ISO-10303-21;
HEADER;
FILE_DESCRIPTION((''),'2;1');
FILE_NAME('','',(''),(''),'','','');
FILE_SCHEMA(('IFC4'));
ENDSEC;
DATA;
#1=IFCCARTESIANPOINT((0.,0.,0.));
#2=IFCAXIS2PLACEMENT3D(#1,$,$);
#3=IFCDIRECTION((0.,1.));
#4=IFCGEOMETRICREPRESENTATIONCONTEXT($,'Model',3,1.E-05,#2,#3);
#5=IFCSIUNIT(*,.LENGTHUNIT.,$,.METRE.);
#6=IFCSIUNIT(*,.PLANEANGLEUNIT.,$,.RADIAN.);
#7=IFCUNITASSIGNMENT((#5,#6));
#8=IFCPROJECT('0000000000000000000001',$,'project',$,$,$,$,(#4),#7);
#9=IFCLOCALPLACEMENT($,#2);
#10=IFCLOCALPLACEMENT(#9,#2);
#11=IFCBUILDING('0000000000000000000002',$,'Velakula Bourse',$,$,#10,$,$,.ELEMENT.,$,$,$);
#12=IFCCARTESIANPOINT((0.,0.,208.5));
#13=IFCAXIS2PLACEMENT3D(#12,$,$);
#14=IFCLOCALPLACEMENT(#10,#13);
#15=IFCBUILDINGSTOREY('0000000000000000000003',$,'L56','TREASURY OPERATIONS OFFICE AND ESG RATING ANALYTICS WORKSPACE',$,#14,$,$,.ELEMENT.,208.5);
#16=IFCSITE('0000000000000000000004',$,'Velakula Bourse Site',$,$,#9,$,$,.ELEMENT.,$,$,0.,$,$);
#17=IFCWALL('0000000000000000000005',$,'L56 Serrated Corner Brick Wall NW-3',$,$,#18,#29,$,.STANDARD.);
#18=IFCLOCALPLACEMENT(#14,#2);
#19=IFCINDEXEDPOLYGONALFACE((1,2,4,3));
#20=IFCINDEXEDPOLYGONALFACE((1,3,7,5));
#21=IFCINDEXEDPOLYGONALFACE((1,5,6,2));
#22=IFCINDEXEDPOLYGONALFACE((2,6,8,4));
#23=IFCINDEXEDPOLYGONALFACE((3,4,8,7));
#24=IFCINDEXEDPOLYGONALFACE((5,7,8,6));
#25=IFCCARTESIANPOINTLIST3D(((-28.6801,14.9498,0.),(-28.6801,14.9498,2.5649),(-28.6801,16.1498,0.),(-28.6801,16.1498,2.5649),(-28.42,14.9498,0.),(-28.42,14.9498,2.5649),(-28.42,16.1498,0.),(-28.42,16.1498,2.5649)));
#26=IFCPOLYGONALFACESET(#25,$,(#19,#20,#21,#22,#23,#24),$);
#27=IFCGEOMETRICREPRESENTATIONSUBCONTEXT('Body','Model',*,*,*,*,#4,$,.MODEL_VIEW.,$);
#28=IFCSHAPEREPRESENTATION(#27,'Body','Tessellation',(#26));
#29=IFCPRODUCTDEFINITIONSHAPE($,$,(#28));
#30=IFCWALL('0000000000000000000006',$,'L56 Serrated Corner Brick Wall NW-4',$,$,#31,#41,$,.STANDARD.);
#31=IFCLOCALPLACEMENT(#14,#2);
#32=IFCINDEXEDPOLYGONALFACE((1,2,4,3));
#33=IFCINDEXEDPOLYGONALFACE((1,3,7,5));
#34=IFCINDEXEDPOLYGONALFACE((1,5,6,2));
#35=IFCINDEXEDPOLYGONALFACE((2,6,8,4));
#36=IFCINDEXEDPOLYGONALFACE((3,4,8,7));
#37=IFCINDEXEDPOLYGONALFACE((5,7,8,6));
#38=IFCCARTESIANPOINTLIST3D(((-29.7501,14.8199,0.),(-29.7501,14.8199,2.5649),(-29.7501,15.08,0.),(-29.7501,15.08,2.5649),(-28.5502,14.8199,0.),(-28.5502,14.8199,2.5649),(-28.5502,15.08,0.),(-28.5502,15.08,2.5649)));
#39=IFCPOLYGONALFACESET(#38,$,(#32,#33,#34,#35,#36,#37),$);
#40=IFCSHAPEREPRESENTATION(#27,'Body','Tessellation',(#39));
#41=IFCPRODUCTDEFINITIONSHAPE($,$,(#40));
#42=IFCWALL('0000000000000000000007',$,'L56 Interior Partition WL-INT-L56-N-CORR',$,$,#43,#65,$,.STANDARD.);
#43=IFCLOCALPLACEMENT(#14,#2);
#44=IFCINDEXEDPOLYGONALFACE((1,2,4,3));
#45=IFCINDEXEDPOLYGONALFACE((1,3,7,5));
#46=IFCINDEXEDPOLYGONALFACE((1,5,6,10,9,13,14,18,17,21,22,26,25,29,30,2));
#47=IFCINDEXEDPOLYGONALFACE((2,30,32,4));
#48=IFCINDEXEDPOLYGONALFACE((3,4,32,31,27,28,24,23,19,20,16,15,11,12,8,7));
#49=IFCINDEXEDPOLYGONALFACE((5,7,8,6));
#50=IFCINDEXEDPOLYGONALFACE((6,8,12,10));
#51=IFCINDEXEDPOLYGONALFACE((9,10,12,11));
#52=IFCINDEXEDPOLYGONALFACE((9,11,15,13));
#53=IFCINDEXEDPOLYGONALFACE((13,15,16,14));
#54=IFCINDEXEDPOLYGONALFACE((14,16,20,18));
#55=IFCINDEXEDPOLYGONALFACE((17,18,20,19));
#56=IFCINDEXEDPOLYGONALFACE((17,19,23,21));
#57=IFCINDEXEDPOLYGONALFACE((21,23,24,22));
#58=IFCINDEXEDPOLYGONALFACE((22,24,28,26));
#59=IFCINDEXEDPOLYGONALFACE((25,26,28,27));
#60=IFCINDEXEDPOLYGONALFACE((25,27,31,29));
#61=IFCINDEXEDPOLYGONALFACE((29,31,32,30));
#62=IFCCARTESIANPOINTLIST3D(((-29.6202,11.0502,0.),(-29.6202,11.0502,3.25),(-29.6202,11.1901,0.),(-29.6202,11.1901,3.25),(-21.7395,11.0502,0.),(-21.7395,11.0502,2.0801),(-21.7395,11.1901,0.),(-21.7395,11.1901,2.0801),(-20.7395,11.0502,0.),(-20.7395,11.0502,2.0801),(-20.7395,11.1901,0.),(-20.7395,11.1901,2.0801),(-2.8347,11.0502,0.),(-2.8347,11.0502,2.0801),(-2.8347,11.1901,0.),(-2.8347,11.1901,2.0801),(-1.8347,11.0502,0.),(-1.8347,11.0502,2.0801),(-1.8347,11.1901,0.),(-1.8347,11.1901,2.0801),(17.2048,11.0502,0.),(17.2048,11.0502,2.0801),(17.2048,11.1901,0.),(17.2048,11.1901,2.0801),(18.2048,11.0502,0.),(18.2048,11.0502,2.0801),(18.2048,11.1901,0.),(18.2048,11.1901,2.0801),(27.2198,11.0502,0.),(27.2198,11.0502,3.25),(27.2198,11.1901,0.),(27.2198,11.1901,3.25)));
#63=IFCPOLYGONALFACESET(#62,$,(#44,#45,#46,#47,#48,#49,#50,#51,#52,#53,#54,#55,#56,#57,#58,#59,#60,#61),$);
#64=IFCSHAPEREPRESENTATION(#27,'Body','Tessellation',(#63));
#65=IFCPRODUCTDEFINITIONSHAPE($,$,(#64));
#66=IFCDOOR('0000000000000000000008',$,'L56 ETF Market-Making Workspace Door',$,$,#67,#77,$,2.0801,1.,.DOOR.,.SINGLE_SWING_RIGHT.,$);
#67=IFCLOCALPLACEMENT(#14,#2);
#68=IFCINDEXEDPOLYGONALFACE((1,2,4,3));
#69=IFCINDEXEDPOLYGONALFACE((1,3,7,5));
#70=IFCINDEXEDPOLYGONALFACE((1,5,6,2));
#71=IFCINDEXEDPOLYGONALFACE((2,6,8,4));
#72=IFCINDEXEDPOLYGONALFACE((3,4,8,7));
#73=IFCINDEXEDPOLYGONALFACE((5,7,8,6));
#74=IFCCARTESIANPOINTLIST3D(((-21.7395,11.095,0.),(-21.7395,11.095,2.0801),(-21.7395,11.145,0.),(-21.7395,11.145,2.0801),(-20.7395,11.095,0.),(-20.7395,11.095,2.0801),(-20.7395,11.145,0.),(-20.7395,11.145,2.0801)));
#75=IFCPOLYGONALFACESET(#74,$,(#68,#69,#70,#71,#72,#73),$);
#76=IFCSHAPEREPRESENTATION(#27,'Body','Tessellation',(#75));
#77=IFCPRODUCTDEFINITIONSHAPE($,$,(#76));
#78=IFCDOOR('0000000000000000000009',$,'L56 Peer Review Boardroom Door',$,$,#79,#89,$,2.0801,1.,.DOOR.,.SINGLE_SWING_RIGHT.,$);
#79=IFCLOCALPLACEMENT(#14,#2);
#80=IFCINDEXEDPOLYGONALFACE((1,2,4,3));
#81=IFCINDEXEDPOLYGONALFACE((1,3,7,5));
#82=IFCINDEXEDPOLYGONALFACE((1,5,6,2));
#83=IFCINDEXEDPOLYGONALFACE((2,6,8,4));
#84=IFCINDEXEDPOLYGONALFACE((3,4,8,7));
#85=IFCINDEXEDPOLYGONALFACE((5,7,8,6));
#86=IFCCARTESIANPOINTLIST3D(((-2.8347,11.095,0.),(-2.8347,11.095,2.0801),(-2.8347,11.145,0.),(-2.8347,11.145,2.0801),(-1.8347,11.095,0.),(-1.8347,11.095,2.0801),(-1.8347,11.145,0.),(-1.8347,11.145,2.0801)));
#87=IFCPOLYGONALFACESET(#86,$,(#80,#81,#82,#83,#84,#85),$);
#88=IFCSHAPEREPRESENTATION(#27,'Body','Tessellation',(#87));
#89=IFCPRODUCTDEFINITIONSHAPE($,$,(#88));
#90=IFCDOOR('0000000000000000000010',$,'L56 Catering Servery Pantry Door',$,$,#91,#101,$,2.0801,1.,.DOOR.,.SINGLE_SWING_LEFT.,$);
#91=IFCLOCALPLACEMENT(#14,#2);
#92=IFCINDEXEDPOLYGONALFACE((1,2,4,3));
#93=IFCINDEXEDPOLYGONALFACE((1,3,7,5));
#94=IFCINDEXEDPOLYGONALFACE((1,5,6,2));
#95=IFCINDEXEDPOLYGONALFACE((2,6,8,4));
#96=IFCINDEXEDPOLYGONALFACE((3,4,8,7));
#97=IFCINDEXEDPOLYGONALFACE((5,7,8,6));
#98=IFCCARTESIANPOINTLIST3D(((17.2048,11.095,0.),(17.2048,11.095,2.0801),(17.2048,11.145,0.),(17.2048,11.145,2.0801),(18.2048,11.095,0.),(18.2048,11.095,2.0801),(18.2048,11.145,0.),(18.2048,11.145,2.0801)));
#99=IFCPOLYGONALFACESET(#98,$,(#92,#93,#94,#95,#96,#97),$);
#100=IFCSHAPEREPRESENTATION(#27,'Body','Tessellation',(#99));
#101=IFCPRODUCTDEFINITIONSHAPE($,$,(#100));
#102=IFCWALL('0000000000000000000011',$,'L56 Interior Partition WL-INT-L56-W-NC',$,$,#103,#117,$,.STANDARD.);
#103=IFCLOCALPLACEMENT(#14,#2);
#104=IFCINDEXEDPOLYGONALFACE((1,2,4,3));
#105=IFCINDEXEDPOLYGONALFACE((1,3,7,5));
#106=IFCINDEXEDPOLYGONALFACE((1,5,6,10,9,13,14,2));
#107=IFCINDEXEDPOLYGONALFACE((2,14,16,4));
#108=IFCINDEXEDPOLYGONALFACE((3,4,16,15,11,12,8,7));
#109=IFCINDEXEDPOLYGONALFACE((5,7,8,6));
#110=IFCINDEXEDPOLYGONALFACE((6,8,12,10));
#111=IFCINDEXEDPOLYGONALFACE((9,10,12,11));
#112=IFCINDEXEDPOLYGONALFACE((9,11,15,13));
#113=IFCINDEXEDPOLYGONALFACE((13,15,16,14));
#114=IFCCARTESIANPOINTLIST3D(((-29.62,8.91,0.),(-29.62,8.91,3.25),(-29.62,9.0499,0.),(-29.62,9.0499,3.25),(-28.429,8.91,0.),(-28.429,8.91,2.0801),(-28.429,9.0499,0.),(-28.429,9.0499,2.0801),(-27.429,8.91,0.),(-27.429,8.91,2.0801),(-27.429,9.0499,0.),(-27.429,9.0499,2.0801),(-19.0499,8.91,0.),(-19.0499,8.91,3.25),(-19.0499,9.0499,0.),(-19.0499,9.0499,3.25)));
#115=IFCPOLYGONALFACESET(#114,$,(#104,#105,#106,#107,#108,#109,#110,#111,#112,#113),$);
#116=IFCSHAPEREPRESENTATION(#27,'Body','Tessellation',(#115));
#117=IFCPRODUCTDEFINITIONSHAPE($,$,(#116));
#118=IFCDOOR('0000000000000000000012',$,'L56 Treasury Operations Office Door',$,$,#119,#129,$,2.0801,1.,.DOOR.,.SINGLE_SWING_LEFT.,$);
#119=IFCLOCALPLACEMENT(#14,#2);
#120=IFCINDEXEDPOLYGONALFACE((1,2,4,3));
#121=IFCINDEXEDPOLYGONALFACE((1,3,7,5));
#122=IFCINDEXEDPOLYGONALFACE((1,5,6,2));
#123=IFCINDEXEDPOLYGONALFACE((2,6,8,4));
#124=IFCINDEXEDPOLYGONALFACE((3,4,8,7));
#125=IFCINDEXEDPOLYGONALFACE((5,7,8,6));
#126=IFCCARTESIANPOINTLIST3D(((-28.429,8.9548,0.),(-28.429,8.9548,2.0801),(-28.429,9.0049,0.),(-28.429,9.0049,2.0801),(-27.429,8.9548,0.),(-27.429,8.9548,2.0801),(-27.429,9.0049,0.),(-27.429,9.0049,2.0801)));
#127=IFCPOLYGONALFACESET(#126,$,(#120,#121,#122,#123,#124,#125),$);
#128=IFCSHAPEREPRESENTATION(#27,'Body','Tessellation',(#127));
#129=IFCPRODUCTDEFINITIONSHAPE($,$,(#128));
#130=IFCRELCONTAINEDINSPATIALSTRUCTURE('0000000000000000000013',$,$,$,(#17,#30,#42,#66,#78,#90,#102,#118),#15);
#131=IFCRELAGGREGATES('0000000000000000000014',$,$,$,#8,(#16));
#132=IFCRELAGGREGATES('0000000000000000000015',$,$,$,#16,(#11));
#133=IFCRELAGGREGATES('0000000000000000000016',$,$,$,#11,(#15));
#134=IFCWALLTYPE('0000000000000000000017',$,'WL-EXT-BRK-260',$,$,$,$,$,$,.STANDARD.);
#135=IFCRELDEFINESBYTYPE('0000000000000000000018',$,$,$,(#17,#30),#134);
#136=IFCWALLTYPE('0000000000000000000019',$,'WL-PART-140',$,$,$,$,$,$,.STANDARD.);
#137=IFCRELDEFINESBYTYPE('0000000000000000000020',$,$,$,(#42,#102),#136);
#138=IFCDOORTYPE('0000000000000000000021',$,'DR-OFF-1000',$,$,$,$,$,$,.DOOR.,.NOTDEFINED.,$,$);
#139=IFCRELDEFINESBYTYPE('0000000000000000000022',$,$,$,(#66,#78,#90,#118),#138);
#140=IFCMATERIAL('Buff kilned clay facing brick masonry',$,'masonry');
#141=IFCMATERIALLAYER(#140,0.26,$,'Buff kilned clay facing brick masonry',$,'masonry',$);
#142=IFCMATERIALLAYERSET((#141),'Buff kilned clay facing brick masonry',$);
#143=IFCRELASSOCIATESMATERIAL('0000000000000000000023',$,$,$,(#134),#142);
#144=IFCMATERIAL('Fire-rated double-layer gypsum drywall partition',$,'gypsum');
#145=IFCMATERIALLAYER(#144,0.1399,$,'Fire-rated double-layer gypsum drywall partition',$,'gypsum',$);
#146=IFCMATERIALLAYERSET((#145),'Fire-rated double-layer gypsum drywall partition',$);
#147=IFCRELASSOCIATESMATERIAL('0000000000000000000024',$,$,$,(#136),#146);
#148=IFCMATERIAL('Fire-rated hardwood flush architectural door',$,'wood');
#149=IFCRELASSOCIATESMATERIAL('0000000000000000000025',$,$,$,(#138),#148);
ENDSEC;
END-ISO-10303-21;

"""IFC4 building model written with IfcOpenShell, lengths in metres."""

from ifc_helpers import new_model, si_unit, direction, frame, frame_2d, origin, place, context, subcontext, project, spatial, rectangle, extrude, material, layer, layer_set, type_object, element, fill, save


model = new_model("IFC4")

# Units and contexts
model_context = context("Model", 3, precision=1e-05, world=origin(), true_north=direction((0.0, 1.0)))
body_context = subcontext(model_context, "Body", "Model", "MODEL_VIEW")
ifc_project = project(units=[si_unit("LENGTHUNIT", "METRE"), si_unit("PLANEANGLEUNIT", "RADIAN")], contexts=[model_context])

# Site, building, storey
site_placement = place(None, origin())
site = spatial("IfcSite", under=ifc_project, at=site_placement, Name="Velakula Bourse Site", CompositionType="ELEMENT", RefElevation=0.0)
building_placement = place(site_placement, origin())
building = spatial("IfcBuilding", under=site, at=building_placement, Name="Velakula Bourse", CompositionType="ELEMENT")
storey_placement = place(building_placement, frame((0.0, 0.0, 208.5)))
storey = spatial("IfcBuildingStorey", under=building, at=storey_placement, Name="L56", Description="TREASURY OPERATIONS OFFICE AND ESG RATING ANALYTICS WORKSPACE", CompositionType="ELEMENT", Elevation=208.5)

# Shared definitions
ifc_material_1 = material(Name="Fire-rated hardwood flush architectural door", Category="wood")

# Shared definitions
ifc_material_2 = material(Name="Buff kilned clay facing brick masonry", Category="masonry")
ifc_layer_1 = layer(ifc_material_2, 0.26, Name="Buff kilned clay facing brick masonry", Category="masonry")
ifc_layer_set_1 = layer_set([ifc_layer_1], Name="Buff kilned clay facing brick masonry")
wall_type_1 = type_object("IfcWallType", Name="WL-EXT-BRK-260", PredefinedType="STANDARD", material=ifc_layer_set_1)

# Walls
for number, where, z_axis, x_axis, name in (
    (1, (-28.55, 16.1499, 0.0), (0.0, 0.0, 1.0), (0.0, -1.0, 0.0), "L56 Serrated Corner Brick Wall NW-3"),
    (2, (-28.55, 14.95, 0.0), (0.0, 0.0, 1.0), (-1.0, 0.0, 0.0), "L56 Serrated Corner Brick Wall NW-4"),
):
    element("IfcWall", number, at=place(storey_placement, frame(where, z_axis=z_axis, x_axis=x_axis)), inside=storey, type_object=wall_type_1, Name=name, PredefinedType="STANDARD", context=body_context, shape_type="SweptSolid", body=[
        extrude(rectangle(XDim=1.2, YDim=0.26, at=frame_2d((0.6001, 0.0))), origin(), (0.0, 0.0, 1.0), 2.5649),
    ])

# Wall, openings, doors
ifc_material_3 = material(Name="Fire-rated double-layer gypsum drywall partition", Category="gypsum")
ifc_layer_2 = layer(ifc_material_3, 0.1399, Name="Fire-rated double-layer gypsum drywall partition", Category="gypsum")
ifc_layer_set_2 = layer_set([ifc_layer_2], Name="Fire-rated double-layer gypsum drywall partition")
wall_type_2 = type_object("IfcWallType", Name="WL-PART-140", PredefinedType="STANDARD", material=ifc_layer_set_2)
wall_1_placement = place(storey_placement, frame((-29.6201, 11.1201, 0.0), z_axis=(0.0, 0.0, 1.0), x_axis=(1.0, 0.0, 0.0)))
wall_1 = element("IfcWall", 3, at=wall_1_placement, inside=storey, type_object=wall_type_2, Name="L56 Interior Partition WL-INT-L56-N-CORR", PredefinedType="STANDARD", context=body_context, shape_type="SweptSolid", body=[
    extrude(rectangle(XDim=56.8401, YDim=0.1399, at=frame_2d((28.4199, 0.0))), origin(), (0.0, 0.0, 1.0), 3.25),
])
opening_1_placement = place(wall_1_placement, frame((7.8806, 0.0, 0.0)))
opening_1 = element("IfcOpeningElement", 4, at=opening_1_placement, cuts=wall_1, PredefinedType="OPENING", context=body_context, shape_type="SweptSolid", body=[
    extrude(rectangle(XDim=1.0, YDim=2.0801, at=frame_2d((0.5, 1.04))), frame((0.0, 0.0798, 0.0), z_axis=(0.0, -1.0, 0.0), x_axis=(1.0, 0.0, 0.0)), (0.0, 0.0, 1.0), 0.1599),
])
opening_2_placement = place(wall_1_placement, frame((26.7854, 0.0, 0.0)))
opening_2 = element("IfcOpeningElement", 5, at=opening_2_placement, cuts=wall_1, PredefinedType="OPENING", context=body_context, shape_type="SweptSolid", body=[
    extrude(rectangle(XDim=1.0, YDim=2.0801, at=frame_2d((0.5, 1.04))), frame((0.0, 0.0798, 0.0), z_axis=(0.0, -1.0, 0.0), x_axis=(1.0, 0.0, 0.0)), (0.0, 0.0, 1.0), 0.1599),
])
opening_3_placement = place(wall_1_placement, frame((46.825, 0.0, 0.0)))
opening_3 = element("IfcOpeningElement", 6, at=opening_3_placement, cuts=wall_1, PredefinedType="OPENING", context=body_context, shape_type="SweptSolid", body=[
    extrude(rectangle(XDim=1.0, YDim=2.0801, at=frame_2d((0.5, 1.04))), frame((0.0, 0.0798, 0.0), z_axis=(0.0, -1.0, 0.0), x_axis=(1.0, 0.0, 0.0)), (0.0, 0.0, 1.0), 0.1599),
])
door_type_1 = type_object("IfcDoorType", Name="DR-OFF-1000", OperationType="NOTDEFINED", PredefinedType="DOOR", material=ifc_material_1)
door_1_placement = place(opening_1_placement, origin())
door_1 = element("IfcDoor", 7, at=door_1_placement, inside=storey, type_object=door_type_1, Name="L56 ETF Market-Making Workspace Door", OperationType="SINGLE_SWING_RIGHT", OverallHeight=2.0801, OverallWidth=1.0, PredefinedType="DOOR", context=body_context, shape_type="SweptSolid", body=[
    extrude(rectangle(XDim=1.0, YDim=2.0801, at=frame_2d((0.5, 1.04))), frame((0.0, 0.0249, 0.0), z_axis=(0.0, -1.0, 0.0), x_axis=(1.0, 0.0, 0.0)), (0.0, 0.0, 1.0), 0.05),
])
fill(opening_1, door_1)
door_2_placement = place(opening_2_placement, origin())
door_2 = element("IfcDoor", 8, at=door_2_placement, inside=storey, type_object=door_type_1, Name="L56 Peer Review Boardroom Door", OperationType="SINGLE_SWING_RIGHT", OverallHeight=2.0801, OverallWidth=1.0, PredefinedType="DOOR", context=body_context, shape_type="SweptSolid", body=[
    extrude(rectangle(XDim=1.0, YDim=2.0801, at=frame_2d((0.5, 1.04))), frame((0.0, 0.0249, 0.0), z_axis=(0.0, -1.0, 0.0), x_axis=(1.0, 0.0, 0.0)), (0.0, 0.0, 1.0), 0.05),
])
fill(opening_2, door_2)
door_3_placement = place(opening_3_placement, origin())
door_3 = element("IfcDoor", 9, at=door_3_placement, inside=storey, type_object=door_type_1, Name="L56 Catering Servery Pantry Door", OperationType="SINGLE_SWING_LEFT", OverallHeight=2.0801, OverallWidth=1.0, PredefinedType="DOOR", context=body_context, shape_type="SweptSolid", body=[
    extrude(rectangle(XDim=1.0, YDim=2.0801, at=frame_2d((0.5, 1.04))), frame((0.0, 0.0249, 0.0), z_axis=(0.0, -1.0, 0.0), x_axis=(1.0, 0.0, 0.0)), (0.0, 0.0, 1.0), 0.05),
])
fill(opening_3, door_3)

# Wall, opening, door
wall_2_placement = place(storey_placement, frame((-29.6201, 8.98, 0.0), z_axis=(0.0, 0.0, 1.0), x_axis=(1.0, 0.0, 0.0)))
wall_2 = element("IfcWall", 10, at=wall_2_placement, inside=storey, type_object=wall_type_2, Name="L56 Interior Partition WL-INT-L56-W-NC", PredefinedType="STANDARD", context=body_context, shape_type="SweptSolid", body=[
    extrude(rectangle(XDim=10.5701, YDim=0.1399, at=frame_2d((5.2852, 0.0))), origin(), (0.0, 0.0, 1.0), 3.25),
])
opening_4_placement = place(wall_2_placement, frame((1.1912, 0.0, 0.0)))
opening_4 = element("IfcOpeningElement", 11, at=opening_4_placement, cuts=wall_2, PredefinedType="OPENING", context=body_context, shape_type="SweptSolid", body=[
    extrude(rectangle(XDim=1.0, YDim=2.0801, at=frame_2d((0.5, 1.04))), frame((0.0, 0.0798, 0.0), z_axis=(0.0, -1.0, 0.0), x_axis=(1.0, 0.0, 0.0)), (0.0, 0.0, 1.0), 0.1599),
])
door_4_placement = place(opening_4_placement, origin())
door_4 = element("IfcDoor", 12, at=door_4_placement, inside=storey, type_object=door_type_1, Name="L56 Treasury Operations Office Door", OperationType="SINGLE_SWING_LEFT", OverallHeight=2.0801, OverallWidth=1.0, PredefinedType="DOOR", context=body_context, shape_type="SweptSolid", body=[
    extrude(rectangle(XDim=1.0, YDim=2.0801, at=frame_2d((0.5, 1.04))), frame((0.0, 0.0249, 0.0), z_axis=(0.0, -1.0, 0.0), x_axis=(1.0, 0.0, 0.0)), (0.0, 0.0, 1.0), 0.05),
])
fill(opening_4, door_4)

save(model, "model.ifc")
